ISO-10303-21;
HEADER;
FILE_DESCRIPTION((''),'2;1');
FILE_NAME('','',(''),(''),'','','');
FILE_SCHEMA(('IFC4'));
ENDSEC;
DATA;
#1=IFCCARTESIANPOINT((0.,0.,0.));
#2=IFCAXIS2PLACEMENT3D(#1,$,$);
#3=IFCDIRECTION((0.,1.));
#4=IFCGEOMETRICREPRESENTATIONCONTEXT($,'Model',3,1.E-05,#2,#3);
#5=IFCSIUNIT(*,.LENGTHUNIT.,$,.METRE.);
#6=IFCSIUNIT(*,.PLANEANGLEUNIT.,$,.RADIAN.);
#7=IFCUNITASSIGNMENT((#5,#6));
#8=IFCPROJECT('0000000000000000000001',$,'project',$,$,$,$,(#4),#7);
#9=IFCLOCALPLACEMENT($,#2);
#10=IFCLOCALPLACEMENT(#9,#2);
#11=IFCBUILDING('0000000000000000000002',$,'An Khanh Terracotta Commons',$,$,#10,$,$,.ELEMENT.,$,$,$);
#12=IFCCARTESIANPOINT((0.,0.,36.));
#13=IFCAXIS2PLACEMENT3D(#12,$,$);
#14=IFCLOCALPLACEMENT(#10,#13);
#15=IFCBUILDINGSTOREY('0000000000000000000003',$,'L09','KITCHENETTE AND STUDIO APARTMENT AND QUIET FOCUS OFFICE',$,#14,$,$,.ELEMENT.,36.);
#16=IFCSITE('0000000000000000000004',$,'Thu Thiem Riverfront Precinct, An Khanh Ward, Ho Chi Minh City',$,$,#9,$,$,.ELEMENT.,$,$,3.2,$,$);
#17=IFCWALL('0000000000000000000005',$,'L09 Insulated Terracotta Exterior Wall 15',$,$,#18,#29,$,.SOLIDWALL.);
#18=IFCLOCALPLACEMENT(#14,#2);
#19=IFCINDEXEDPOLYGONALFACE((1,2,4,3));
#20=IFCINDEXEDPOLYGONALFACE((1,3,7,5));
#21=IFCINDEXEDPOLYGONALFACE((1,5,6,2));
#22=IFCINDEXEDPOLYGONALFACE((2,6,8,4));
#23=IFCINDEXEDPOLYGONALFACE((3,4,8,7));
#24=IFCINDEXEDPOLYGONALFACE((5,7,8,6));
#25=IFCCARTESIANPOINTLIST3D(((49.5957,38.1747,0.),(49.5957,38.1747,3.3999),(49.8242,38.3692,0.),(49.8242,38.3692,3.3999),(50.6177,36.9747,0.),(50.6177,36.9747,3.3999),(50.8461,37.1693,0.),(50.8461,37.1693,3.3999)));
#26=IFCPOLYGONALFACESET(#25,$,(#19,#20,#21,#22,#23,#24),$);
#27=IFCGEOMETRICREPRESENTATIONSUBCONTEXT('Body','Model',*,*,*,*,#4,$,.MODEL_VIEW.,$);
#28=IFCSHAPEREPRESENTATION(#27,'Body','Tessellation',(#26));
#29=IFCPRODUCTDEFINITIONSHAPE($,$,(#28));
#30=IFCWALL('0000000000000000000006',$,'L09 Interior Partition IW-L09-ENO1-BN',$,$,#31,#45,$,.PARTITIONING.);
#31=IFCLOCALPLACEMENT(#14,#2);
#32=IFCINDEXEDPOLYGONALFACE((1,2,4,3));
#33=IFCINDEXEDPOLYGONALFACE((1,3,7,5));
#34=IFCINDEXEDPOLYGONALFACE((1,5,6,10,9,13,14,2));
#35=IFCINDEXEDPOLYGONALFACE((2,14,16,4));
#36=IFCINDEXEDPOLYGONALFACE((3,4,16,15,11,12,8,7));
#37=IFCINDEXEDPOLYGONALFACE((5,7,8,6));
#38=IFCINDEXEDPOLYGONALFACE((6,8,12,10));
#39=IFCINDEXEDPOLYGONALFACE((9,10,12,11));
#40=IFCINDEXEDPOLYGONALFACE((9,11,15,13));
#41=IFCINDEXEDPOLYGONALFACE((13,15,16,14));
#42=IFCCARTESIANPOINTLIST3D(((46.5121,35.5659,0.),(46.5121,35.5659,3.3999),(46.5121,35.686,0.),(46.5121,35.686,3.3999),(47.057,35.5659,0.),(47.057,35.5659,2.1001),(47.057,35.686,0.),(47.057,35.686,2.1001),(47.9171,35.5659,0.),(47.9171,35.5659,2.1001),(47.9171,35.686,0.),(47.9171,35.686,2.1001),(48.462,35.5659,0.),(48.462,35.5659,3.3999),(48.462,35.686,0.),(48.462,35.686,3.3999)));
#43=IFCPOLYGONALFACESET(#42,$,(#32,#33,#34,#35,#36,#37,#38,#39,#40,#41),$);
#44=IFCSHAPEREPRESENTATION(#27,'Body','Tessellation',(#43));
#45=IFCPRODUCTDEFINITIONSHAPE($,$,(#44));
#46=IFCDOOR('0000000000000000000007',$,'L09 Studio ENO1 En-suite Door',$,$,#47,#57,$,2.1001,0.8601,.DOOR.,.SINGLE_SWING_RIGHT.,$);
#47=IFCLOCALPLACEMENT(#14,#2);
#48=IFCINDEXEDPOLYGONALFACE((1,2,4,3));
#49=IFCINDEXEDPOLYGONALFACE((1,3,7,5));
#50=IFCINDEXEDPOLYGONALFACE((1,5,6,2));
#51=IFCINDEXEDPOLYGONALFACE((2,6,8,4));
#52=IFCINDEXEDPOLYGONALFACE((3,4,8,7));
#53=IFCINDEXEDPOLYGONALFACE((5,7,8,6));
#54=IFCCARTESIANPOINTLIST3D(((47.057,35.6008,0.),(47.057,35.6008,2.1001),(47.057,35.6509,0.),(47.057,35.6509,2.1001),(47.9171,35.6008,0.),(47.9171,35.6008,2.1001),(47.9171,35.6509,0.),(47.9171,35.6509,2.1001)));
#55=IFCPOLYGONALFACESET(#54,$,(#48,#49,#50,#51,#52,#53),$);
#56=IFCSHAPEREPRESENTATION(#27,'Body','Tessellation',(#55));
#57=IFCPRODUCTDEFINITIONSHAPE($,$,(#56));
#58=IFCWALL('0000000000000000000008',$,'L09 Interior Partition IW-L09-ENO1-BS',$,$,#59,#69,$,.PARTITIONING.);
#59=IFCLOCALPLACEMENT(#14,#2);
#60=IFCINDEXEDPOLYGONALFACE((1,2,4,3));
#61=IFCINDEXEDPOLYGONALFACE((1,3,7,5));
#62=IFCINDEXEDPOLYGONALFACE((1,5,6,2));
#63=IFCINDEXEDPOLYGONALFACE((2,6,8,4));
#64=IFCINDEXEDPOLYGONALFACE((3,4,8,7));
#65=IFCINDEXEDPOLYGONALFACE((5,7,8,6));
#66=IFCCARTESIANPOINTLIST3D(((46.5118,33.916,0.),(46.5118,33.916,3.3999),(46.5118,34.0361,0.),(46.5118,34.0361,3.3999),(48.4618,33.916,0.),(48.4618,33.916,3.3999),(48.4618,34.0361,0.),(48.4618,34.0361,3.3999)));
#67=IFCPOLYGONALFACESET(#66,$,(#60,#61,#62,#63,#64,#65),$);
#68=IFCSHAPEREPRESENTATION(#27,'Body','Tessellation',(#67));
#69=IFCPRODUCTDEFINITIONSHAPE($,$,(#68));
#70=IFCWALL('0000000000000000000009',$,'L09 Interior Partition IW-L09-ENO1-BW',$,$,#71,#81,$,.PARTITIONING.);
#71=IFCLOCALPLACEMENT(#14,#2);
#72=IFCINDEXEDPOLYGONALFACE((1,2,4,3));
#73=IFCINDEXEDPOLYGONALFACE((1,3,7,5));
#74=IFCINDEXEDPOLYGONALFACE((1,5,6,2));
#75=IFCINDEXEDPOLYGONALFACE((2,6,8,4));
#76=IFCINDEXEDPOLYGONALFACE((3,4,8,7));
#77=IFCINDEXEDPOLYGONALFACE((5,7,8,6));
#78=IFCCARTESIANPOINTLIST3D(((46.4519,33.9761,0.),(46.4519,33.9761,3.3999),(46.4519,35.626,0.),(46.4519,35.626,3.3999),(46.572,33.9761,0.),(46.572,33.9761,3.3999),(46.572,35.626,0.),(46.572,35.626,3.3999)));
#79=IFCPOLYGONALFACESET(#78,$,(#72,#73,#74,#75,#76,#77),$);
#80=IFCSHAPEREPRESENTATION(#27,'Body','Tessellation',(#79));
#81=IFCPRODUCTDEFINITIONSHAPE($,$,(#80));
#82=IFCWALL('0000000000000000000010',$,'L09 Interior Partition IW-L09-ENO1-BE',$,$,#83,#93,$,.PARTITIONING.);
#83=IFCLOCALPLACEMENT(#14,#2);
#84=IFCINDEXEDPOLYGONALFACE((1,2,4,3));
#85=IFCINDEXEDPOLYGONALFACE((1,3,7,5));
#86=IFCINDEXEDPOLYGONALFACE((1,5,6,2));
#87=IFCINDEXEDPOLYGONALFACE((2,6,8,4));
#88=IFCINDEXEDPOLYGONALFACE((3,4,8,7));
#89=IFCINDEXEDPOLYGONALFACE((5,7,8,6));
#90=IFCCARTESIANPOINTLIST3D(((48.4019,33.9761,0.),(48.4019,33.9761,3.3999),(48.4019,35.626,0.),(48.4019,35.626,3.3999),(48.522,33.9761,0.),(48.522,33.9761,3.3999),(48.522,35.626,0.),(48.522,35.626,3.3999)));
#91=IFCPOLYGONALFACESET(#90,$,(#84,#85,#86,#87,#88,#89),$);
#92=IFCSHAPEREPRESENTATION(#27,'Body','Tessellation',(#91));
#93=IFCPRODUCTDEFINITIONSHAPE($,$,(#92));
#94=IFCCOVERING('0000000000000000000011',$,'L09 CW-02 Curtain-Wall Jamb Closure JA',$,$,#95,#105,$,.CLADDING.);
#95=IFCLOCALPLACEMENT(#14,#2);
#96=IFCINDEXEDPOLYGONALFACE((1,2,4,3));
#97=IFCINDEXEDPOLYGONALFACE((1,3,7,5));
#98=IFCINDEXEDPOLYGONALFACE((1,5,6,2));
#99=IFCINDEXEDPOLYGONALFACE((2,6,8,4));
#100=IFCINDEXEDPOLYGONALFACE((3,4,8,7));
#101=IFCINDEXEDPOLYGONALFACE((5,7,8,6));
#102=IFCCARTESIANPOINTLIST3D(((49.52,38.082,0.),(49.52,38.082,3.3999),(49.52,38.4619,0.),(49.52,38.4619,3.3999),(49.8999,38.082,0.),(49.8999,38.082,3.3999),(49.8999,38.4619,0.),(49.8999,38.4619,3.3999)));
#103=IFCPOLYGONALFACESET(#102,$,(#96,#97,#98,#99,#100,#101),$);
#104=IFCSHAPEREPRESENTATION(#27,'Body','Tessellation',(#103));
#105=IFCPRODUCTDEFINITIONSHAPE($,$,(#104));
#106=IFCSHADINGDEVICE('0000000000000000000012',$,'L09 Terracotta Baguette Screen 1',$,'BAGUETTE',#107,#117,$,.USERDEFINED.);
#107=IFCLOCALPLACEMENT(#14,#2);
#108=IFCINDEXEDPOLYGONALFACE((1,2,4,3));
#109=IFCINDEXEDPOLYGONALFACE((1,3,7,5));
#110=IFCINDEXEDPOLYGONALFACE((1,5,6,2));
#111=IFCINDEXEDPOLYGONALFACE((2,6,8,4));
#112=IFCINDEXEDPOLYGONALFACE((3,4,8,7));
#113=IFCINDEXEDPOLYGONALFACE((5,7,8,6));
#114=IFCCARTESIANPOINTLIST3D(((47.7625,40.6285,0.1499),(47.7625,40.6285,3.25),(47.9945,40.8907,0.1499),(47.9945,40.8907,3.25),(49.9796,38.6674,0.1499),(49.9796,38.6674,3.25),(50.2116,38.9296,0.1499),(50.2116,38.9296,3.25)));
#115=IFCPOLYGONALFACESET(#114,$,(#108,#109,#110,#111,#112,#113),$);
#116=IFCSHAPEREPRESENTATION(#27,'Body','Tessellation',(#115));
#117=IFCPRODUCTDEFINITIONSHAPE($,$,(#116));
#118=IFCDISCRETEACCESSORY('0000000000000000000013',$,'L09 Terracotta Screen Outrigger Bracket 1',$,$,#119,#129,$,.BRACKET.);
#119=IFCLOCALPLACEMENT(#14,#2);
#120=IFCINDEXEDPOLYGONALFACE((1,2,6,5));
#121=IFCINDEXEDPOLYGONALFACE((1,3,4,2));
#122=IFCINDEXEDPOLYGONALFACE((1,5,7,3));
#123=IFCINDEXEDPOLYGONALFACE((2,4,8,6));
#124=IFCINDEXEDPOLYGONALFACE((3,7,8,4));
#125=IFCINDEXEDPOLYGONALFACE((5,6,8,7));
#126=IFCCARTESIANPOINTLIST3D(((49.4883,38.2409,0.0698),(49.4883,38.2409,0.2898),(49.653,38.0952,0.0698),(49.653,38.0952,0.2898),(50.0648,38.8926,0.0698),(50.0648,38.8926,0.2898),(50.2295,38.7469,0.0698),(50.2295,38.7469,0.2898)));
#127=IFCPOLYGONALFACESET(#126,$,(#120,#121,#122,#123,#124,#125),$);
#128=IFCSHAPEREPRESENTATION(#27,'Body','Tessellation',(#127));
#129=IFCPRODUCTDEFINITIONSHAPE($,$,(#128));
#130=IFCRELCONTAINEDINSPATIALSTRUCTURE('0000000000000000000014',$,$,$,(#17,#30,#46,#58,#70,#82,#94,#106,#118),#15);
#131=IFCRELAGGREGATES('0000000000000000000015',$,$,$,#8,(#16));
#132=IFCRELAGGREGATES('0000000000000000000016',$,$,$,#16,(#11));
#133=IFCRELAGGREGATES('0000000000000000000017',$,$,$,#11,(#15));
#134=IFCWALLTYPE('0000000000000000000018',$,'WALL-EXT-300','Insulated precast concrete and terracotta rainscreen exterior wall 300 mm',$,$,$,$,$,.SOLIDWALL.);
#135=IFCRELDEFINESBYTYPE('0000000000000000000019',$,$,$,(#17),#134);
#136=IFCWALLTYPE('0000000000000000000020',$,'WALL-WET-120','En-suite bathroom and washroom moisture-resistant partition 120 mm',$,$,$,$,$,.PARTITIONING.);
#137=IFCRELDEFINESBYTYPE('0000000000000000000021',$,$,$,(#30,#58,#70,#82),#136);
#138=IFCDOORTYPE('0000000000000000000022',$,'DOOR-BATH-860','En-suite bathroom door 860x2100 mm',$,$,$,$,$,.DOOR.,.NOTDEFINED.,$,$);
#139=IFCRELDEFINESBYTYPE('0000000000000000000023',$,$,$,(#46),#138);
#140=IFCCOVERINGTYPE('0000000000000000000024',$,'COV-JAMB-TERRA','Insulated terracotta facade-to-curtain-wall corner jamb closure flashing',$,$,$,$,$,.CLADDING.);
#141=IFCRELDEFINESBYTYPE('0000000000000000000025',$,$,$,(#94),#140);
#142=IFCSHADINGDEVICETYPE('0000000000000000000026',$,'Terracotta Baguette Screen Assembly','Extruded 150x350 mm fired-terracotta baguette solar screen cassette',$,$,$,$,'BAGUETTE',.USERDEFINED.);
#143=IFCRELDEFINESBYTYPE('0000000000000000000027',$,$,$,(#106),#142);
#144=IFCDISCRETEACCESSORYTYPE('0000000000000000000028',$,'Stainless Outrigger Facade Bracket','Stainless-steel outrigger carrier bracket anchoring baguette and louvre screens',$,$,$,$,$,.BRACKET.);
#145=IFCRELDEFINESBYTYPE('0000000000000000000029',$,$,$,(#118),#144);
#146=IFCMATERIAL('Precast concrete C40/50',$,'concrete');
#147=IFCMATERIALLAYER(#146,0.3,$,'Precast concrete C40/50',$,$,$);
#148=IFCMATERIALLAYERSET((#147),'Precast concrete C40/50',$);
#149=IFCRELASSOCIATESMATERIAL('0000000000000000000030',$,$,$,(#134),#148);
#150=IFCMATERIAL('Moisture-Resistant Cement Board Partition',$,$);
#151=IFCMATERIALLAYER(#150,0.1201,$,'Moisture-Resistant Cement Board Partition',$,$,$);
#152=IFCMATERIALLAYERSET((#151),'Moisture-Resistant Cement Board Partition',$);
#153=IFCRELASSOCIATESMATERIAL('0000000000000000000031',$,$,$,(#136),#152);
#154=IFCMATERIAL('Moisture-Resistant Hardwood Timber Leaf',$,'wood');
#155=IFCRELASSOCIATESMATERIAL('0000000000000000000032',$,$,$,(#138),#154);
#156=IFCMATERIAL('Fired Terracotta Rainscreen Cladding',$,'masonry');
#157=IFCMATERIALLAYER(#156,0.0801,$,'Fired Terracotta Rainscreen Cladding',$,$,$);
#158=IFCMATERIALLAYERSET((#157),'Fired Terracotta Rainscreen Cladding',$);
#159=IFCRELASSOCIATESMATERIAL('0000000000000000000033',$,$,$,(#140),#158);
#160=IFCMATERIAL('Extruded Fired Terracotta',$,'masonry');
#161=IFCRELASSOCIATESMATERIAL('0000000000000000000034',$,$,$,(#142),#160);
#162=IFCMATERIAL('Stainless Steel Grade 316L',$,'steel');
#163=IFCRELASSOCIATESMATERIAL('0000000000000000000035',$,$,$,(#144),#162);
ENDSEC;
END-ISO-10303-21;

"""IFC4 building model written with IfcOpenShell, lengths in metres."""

from ifc_helpers import new_model, si_unit, direction, frame, frame_2d, origin, origin_2d, place, context, subcontext, project, spatial, rectangle, extrude, material, layer, layer_set, type_object, element, fill, save


model = new_model("IFC4")

# Units and contexts
model_context = context("Model", 3, precision=1e-05, world=origin(), true_north=direction((0.0, 1.0)))
body_context = subcontext(model_context, "Body", "Model", "MODEL_VIEW")
ifc_project = project(units=[si_unit("LENGTHUNIT", "METRE"), si_unit("PLANEANGLEUNIT", "RADIAN")], contexts=[model_context])

# Site, building, storey
site_placement = place(None, origin())
site = spatial("IfcSite", under=ifc_project, at=site_placement, Name="Thu Thiem Riverfront Precinct, An Khanh Ward, Ho Chi Minh City", CompositionType="ELEMENT", RefElevation=3.2)
building_placement = place(site_placement, origin())
building = spatial("IfcBuilding", under=site, at=building_placement, Name="An Khanh Terracotta Commons", CompositionType="ELEMENT")
storey_placement = place(building_placement, frame((0.0, 0.0, 36.0)))
storey = spatial("IfcBuildingStorey", under=building, at=storey_placement, Name="L09", Description="KITCHENETTE AND STUDIO APARTMENT AND QUIET FOCUS OFFICE", CompositionType="ELEMENT", Elevation=36.0)

# Wall
ifc_material_1 = material(Name="Precast concrete C40/50", Category="concrete")
ifc_layer_1 = layer(ifc_material_1, 0.3, Name="Precast concrete C40/50")
ifc_layer_set_1 = layer_set([ifc_layer_1], Name="Precast concrete C40/50")
wall_type_1 = type_object("IfcWallType", Name="WALL-EXT-300", Description="Insulated precast concrete and terracotta rainscreen exterior wall 300 mm", PredefinedType="SOLIDWALL", material=ifc_layer_set_1)
wall_1_placement = place(storey_placement, frame((50.7319, 37.072, 0.0), z_axis=(0.0, 0.0, 1.0), x_axis=(-0.64839, 0.761308, 0.0)))
element("IfcWall", 1, at=wall_1_placement, inside=storey, type_object=wall_type_1, Name="L09 Insulated Terracotta Exterior Wall 15", PredefinedType="SOLIDWALL", context=body_context, shape_type="SweptSolid", body=[
    extrude(rectangle(XDim=1.5762, YDim=0.3, at=frame_2d((0.7881, 0.0))), origin(), (0.0, 0.0, 1.0), 3.3999),
])

# Wall, opening, door
ifc_material_2 = material(Name="Moisture-Resistant Cement Board Partition")
ifc_layer_2 = layer(ifc_material_2, 0.1201, Name="Moisture-Resistant Cement Board Partition")
ifc_layer_set_2 = layer_set([ifc_layer_2], Name="Moisture-Resistant Cement Board Partition")
wall_type_2 = type_object("IfcWallType", Name="WALL-WET-120", Description="En-suite bathroom and washroom moisture-resistant partition 120 mm", PredefinedType="PARTITIONING", material=ifc_layer_set_2)
wall_2_placement = place(storey_placement, frame((46.512, 35.626, 0.0), z_axis=(0.0, 0.0, 1.0), x_axis=(1.0, 0.0, 0.0)))
wall_2 = element("IfcWall", 2, at=wall_2_placement, inside=storey, type_object=wall_type_2, Name="L09 Interior Partition IW-L09-ENO1-BN", PredefinedType="PARTITIONING", context=body_context, shape_type="SweptSolid", body=[
    extrude(rectangle(XDim=1.95, YDim=0.1201, at=frame_2d((0.9751, 0.0))), origin(), (0.0, 0.0, 1.0), 3.3999),
])
opening_placement = place(wall_2_placement, frame((0.5449, 0.0, 0.0)))
opening = element("IfcOpeningElement", 3, at=opening_placement, cuts=wall_2, PredefinedType="OPENING", context=body_context, shape_type="SweptSolid", body=[
    extrude(rectangle(XDim=0.8601, YDim=2.1001, at=frame_2d((0.4302, 1.05))), frame((0.0, 0.0701, 0.0), z_axis=(0.0, -1.0, 0.0), x_axis=(1.0, 0.0, 0.0)), (0.0, 0.0, 1.0), 0.1401),
])
ifc_material_3 = material(Name="Moisture-Resistant Hardwood Timber Leaf", Category="wood")
door_type = type_object("IfcDoorType", Name="DOOR-BATH-860", Description="En-suite bathroom door 860x2100 mm", OperationType="NOTDEFINED", PredefinedType="DOOR", material=ifc_material_3)
door_placement = place(opening_placement, origin())
door = element("IfcDoor", 4, at=door_placement, inside=storey, type_object=door_type, Name="L09 Studio ENO1 En-suite Door", OperationType="SINGLE_SWING_RIGHT", OverallHeight=2.1001, OverallWidth=0.8601, PredefinedType="DOOR", context=body_context, shape_type="SweptSolid", body=[
    extrude(rectangle(XDim=0.8601, YDim=2.1001, at=frame_2d((0.4302, 1.05))), frame((0.0, 0.0249, 0.0), z_axis=(0.0, -1.0, 0.0), x_axis=(1.0, 0.0, 0.0)), (0.0, 0.0, 1.0), 0.05),
])
fill(opening, door)

# Walls
wall_3_placement = place(storey_placement, frame((48.4619, 33.9761, 0.0), z_axis=(0.0, 0.0, 1.0), x_axis=(-1.0, 0.0, 0.0)))
element("IfcWall", 5, at=wall_3_placement, inside=storey, type_object=wall_type_2, Name="L09 Interior Partition IW-L09-ENO1-BS", PredefinedType="PARTITIONING", context=body_context, shape_type="SweptSolid", body=[
    extrude(rectangle(XDim=1.95, YDim=0.1201, at=frame_2d((0.9751, 0.0))), origin(), (0.0, 0.0, 1.0), 3.3999),
])
for number, where, z_axis, x_axis, name in (
    (6, (46.512, 35.626, 0.0), (0.0, 0.0, 1.0), (0.0, -1.0, 0.0), "L09 Interior Partition IW-L09-ENO1-BW"),
    (7, (48.4619, 33.9761, 0.0), (0.0, 0.0, 1.0), (0.0, 1.0, 0.0), "L09 Interior Partition IW-L09-ENO1-BE"),
):
    element("IfcWall", number, at=place(storey_placement, frame(where, z_axis=z_axis, x_axis=x_axis)), inside=storey, type_object=wall_type_2, Name=name, PredefinedType="PARTITIONING", context=body_context, shape_type="SweptSolid", body=[
        extrude(rectangle(XDim=1.6499, YDim=0.1201, at=frame_2d((0.825, 0.0))), origin(), (0.0, 0.0, 1.0), 3.3999),
    ])

# Covering
ifc_material_4 = material(Name="Fired Terracotta Rainscreen Cladding", Category="masonry")
ifc_layer_3 = layer(ifc_material_4, 0.0801, Name="Fired Terracotta Rainscreen Cladding")
ifc_layer_set_3 = layer_set([ifc_layer_3], Name="Fired Terracotta Rainscreen Cladding")
covering_type = type_object("IfcCoveringType", Name="COV-JAMB-TERRA", Description="Insulated terracotta facade-to-curtain-wall corner jamb closure flashing", PredefinedType="CLADDING", material=ifc_layer_set_3)
covering_placement = place(storey_placement, frame((49.71, 38.272, 0.0), z_axis=(0.0, 0.0, 1.0), x_axis=(1.0, 0.0, 0.0)))
element("IfcCovering", 8, at=covering_placement, inside=storey, type_object=covering_type, Name="L09 CW-02 Curtain-Wall Jamb Closure JA", PredefinedType="CLADDING", context=body_context, shape_type="SweptSolid", body=[
    extrude(rectangle(XDim=0.3799, YDim=0.3799, at=origin_2d()), origin(), (0.0, 0.0, 1.0), 3.3999),
])

# Shading device
ifc_material_5 = material(Name="Extruded Fired Terracotta", Category="masonry")
shading_device_type = type_object("IfcShadingDeviceType", Name="Terracotta Baguette Screen Assembly", Description="Extruded 150x350 mm fired-terracotta baguette solar screen cassette", ElementType="BAGUETTE", PredefinedType="USERDEFINED", material=ifc_material_5)
shading_device_placement = place(storey_placement, frame((48.9871, 39.7791, 0.1499), z_axis=(0.0, 0.0, 1.0), x_axis=(-0.749019, 0.662548, 0.0)))
element("IfcShadingDevice", 9, at=shading_device_placement, inside=storey, type_object=shading_device_type, Name="L09 Terracotta Baguette Screen 1", ObjectType="BAGUETTE", PredefinedType="USERDEFINED", context=body_context, shape_type="SweptSolid", body=[
    extrude(rectangle(XDim=2.96, YDim=0.3501, at=origin_2d()), origin(), (0.0, 0.0, 1.0), 3.1001),
])

# Discrete accessory
ifc_material_6 = material(Name="Stainless Steel Grade 316L", Category="steel")
discrete_accessory_type = type_object("IfcDiscreteAccessoryType", Name="Stainless Outrigger Facade Bracket", Description="Stainless-steel outrigger carrier bracket anchoring baguette and louvre screens", PredefinedType="BRACKET", material=ifc_material_6)
discrete_accessory_placement = place(storey_placement, frame((49.8589, 38.4939, 0.0698), z_axis=(0.0, 0.0, 1.0), x_axis=(-0.749019, 0.662548, 0.0)))
element("IfcDiscreteAccessory", 10, at=discrete_accessory_placement, inside=storey, type_object=discrete_accessory_type, Name="L09 Terracotta Screen Outrigger Bracket 1", PredefinedType="BRACKET", context=body_context, shape_type="SweptSolid", body=[
    extrude(rectangle(XDim=0.22, YDim=0.8701, at=origin_2d()), origin(), (0.0, 0.0, 1.0), 0.22),
])

save(model, "model.ifc")
